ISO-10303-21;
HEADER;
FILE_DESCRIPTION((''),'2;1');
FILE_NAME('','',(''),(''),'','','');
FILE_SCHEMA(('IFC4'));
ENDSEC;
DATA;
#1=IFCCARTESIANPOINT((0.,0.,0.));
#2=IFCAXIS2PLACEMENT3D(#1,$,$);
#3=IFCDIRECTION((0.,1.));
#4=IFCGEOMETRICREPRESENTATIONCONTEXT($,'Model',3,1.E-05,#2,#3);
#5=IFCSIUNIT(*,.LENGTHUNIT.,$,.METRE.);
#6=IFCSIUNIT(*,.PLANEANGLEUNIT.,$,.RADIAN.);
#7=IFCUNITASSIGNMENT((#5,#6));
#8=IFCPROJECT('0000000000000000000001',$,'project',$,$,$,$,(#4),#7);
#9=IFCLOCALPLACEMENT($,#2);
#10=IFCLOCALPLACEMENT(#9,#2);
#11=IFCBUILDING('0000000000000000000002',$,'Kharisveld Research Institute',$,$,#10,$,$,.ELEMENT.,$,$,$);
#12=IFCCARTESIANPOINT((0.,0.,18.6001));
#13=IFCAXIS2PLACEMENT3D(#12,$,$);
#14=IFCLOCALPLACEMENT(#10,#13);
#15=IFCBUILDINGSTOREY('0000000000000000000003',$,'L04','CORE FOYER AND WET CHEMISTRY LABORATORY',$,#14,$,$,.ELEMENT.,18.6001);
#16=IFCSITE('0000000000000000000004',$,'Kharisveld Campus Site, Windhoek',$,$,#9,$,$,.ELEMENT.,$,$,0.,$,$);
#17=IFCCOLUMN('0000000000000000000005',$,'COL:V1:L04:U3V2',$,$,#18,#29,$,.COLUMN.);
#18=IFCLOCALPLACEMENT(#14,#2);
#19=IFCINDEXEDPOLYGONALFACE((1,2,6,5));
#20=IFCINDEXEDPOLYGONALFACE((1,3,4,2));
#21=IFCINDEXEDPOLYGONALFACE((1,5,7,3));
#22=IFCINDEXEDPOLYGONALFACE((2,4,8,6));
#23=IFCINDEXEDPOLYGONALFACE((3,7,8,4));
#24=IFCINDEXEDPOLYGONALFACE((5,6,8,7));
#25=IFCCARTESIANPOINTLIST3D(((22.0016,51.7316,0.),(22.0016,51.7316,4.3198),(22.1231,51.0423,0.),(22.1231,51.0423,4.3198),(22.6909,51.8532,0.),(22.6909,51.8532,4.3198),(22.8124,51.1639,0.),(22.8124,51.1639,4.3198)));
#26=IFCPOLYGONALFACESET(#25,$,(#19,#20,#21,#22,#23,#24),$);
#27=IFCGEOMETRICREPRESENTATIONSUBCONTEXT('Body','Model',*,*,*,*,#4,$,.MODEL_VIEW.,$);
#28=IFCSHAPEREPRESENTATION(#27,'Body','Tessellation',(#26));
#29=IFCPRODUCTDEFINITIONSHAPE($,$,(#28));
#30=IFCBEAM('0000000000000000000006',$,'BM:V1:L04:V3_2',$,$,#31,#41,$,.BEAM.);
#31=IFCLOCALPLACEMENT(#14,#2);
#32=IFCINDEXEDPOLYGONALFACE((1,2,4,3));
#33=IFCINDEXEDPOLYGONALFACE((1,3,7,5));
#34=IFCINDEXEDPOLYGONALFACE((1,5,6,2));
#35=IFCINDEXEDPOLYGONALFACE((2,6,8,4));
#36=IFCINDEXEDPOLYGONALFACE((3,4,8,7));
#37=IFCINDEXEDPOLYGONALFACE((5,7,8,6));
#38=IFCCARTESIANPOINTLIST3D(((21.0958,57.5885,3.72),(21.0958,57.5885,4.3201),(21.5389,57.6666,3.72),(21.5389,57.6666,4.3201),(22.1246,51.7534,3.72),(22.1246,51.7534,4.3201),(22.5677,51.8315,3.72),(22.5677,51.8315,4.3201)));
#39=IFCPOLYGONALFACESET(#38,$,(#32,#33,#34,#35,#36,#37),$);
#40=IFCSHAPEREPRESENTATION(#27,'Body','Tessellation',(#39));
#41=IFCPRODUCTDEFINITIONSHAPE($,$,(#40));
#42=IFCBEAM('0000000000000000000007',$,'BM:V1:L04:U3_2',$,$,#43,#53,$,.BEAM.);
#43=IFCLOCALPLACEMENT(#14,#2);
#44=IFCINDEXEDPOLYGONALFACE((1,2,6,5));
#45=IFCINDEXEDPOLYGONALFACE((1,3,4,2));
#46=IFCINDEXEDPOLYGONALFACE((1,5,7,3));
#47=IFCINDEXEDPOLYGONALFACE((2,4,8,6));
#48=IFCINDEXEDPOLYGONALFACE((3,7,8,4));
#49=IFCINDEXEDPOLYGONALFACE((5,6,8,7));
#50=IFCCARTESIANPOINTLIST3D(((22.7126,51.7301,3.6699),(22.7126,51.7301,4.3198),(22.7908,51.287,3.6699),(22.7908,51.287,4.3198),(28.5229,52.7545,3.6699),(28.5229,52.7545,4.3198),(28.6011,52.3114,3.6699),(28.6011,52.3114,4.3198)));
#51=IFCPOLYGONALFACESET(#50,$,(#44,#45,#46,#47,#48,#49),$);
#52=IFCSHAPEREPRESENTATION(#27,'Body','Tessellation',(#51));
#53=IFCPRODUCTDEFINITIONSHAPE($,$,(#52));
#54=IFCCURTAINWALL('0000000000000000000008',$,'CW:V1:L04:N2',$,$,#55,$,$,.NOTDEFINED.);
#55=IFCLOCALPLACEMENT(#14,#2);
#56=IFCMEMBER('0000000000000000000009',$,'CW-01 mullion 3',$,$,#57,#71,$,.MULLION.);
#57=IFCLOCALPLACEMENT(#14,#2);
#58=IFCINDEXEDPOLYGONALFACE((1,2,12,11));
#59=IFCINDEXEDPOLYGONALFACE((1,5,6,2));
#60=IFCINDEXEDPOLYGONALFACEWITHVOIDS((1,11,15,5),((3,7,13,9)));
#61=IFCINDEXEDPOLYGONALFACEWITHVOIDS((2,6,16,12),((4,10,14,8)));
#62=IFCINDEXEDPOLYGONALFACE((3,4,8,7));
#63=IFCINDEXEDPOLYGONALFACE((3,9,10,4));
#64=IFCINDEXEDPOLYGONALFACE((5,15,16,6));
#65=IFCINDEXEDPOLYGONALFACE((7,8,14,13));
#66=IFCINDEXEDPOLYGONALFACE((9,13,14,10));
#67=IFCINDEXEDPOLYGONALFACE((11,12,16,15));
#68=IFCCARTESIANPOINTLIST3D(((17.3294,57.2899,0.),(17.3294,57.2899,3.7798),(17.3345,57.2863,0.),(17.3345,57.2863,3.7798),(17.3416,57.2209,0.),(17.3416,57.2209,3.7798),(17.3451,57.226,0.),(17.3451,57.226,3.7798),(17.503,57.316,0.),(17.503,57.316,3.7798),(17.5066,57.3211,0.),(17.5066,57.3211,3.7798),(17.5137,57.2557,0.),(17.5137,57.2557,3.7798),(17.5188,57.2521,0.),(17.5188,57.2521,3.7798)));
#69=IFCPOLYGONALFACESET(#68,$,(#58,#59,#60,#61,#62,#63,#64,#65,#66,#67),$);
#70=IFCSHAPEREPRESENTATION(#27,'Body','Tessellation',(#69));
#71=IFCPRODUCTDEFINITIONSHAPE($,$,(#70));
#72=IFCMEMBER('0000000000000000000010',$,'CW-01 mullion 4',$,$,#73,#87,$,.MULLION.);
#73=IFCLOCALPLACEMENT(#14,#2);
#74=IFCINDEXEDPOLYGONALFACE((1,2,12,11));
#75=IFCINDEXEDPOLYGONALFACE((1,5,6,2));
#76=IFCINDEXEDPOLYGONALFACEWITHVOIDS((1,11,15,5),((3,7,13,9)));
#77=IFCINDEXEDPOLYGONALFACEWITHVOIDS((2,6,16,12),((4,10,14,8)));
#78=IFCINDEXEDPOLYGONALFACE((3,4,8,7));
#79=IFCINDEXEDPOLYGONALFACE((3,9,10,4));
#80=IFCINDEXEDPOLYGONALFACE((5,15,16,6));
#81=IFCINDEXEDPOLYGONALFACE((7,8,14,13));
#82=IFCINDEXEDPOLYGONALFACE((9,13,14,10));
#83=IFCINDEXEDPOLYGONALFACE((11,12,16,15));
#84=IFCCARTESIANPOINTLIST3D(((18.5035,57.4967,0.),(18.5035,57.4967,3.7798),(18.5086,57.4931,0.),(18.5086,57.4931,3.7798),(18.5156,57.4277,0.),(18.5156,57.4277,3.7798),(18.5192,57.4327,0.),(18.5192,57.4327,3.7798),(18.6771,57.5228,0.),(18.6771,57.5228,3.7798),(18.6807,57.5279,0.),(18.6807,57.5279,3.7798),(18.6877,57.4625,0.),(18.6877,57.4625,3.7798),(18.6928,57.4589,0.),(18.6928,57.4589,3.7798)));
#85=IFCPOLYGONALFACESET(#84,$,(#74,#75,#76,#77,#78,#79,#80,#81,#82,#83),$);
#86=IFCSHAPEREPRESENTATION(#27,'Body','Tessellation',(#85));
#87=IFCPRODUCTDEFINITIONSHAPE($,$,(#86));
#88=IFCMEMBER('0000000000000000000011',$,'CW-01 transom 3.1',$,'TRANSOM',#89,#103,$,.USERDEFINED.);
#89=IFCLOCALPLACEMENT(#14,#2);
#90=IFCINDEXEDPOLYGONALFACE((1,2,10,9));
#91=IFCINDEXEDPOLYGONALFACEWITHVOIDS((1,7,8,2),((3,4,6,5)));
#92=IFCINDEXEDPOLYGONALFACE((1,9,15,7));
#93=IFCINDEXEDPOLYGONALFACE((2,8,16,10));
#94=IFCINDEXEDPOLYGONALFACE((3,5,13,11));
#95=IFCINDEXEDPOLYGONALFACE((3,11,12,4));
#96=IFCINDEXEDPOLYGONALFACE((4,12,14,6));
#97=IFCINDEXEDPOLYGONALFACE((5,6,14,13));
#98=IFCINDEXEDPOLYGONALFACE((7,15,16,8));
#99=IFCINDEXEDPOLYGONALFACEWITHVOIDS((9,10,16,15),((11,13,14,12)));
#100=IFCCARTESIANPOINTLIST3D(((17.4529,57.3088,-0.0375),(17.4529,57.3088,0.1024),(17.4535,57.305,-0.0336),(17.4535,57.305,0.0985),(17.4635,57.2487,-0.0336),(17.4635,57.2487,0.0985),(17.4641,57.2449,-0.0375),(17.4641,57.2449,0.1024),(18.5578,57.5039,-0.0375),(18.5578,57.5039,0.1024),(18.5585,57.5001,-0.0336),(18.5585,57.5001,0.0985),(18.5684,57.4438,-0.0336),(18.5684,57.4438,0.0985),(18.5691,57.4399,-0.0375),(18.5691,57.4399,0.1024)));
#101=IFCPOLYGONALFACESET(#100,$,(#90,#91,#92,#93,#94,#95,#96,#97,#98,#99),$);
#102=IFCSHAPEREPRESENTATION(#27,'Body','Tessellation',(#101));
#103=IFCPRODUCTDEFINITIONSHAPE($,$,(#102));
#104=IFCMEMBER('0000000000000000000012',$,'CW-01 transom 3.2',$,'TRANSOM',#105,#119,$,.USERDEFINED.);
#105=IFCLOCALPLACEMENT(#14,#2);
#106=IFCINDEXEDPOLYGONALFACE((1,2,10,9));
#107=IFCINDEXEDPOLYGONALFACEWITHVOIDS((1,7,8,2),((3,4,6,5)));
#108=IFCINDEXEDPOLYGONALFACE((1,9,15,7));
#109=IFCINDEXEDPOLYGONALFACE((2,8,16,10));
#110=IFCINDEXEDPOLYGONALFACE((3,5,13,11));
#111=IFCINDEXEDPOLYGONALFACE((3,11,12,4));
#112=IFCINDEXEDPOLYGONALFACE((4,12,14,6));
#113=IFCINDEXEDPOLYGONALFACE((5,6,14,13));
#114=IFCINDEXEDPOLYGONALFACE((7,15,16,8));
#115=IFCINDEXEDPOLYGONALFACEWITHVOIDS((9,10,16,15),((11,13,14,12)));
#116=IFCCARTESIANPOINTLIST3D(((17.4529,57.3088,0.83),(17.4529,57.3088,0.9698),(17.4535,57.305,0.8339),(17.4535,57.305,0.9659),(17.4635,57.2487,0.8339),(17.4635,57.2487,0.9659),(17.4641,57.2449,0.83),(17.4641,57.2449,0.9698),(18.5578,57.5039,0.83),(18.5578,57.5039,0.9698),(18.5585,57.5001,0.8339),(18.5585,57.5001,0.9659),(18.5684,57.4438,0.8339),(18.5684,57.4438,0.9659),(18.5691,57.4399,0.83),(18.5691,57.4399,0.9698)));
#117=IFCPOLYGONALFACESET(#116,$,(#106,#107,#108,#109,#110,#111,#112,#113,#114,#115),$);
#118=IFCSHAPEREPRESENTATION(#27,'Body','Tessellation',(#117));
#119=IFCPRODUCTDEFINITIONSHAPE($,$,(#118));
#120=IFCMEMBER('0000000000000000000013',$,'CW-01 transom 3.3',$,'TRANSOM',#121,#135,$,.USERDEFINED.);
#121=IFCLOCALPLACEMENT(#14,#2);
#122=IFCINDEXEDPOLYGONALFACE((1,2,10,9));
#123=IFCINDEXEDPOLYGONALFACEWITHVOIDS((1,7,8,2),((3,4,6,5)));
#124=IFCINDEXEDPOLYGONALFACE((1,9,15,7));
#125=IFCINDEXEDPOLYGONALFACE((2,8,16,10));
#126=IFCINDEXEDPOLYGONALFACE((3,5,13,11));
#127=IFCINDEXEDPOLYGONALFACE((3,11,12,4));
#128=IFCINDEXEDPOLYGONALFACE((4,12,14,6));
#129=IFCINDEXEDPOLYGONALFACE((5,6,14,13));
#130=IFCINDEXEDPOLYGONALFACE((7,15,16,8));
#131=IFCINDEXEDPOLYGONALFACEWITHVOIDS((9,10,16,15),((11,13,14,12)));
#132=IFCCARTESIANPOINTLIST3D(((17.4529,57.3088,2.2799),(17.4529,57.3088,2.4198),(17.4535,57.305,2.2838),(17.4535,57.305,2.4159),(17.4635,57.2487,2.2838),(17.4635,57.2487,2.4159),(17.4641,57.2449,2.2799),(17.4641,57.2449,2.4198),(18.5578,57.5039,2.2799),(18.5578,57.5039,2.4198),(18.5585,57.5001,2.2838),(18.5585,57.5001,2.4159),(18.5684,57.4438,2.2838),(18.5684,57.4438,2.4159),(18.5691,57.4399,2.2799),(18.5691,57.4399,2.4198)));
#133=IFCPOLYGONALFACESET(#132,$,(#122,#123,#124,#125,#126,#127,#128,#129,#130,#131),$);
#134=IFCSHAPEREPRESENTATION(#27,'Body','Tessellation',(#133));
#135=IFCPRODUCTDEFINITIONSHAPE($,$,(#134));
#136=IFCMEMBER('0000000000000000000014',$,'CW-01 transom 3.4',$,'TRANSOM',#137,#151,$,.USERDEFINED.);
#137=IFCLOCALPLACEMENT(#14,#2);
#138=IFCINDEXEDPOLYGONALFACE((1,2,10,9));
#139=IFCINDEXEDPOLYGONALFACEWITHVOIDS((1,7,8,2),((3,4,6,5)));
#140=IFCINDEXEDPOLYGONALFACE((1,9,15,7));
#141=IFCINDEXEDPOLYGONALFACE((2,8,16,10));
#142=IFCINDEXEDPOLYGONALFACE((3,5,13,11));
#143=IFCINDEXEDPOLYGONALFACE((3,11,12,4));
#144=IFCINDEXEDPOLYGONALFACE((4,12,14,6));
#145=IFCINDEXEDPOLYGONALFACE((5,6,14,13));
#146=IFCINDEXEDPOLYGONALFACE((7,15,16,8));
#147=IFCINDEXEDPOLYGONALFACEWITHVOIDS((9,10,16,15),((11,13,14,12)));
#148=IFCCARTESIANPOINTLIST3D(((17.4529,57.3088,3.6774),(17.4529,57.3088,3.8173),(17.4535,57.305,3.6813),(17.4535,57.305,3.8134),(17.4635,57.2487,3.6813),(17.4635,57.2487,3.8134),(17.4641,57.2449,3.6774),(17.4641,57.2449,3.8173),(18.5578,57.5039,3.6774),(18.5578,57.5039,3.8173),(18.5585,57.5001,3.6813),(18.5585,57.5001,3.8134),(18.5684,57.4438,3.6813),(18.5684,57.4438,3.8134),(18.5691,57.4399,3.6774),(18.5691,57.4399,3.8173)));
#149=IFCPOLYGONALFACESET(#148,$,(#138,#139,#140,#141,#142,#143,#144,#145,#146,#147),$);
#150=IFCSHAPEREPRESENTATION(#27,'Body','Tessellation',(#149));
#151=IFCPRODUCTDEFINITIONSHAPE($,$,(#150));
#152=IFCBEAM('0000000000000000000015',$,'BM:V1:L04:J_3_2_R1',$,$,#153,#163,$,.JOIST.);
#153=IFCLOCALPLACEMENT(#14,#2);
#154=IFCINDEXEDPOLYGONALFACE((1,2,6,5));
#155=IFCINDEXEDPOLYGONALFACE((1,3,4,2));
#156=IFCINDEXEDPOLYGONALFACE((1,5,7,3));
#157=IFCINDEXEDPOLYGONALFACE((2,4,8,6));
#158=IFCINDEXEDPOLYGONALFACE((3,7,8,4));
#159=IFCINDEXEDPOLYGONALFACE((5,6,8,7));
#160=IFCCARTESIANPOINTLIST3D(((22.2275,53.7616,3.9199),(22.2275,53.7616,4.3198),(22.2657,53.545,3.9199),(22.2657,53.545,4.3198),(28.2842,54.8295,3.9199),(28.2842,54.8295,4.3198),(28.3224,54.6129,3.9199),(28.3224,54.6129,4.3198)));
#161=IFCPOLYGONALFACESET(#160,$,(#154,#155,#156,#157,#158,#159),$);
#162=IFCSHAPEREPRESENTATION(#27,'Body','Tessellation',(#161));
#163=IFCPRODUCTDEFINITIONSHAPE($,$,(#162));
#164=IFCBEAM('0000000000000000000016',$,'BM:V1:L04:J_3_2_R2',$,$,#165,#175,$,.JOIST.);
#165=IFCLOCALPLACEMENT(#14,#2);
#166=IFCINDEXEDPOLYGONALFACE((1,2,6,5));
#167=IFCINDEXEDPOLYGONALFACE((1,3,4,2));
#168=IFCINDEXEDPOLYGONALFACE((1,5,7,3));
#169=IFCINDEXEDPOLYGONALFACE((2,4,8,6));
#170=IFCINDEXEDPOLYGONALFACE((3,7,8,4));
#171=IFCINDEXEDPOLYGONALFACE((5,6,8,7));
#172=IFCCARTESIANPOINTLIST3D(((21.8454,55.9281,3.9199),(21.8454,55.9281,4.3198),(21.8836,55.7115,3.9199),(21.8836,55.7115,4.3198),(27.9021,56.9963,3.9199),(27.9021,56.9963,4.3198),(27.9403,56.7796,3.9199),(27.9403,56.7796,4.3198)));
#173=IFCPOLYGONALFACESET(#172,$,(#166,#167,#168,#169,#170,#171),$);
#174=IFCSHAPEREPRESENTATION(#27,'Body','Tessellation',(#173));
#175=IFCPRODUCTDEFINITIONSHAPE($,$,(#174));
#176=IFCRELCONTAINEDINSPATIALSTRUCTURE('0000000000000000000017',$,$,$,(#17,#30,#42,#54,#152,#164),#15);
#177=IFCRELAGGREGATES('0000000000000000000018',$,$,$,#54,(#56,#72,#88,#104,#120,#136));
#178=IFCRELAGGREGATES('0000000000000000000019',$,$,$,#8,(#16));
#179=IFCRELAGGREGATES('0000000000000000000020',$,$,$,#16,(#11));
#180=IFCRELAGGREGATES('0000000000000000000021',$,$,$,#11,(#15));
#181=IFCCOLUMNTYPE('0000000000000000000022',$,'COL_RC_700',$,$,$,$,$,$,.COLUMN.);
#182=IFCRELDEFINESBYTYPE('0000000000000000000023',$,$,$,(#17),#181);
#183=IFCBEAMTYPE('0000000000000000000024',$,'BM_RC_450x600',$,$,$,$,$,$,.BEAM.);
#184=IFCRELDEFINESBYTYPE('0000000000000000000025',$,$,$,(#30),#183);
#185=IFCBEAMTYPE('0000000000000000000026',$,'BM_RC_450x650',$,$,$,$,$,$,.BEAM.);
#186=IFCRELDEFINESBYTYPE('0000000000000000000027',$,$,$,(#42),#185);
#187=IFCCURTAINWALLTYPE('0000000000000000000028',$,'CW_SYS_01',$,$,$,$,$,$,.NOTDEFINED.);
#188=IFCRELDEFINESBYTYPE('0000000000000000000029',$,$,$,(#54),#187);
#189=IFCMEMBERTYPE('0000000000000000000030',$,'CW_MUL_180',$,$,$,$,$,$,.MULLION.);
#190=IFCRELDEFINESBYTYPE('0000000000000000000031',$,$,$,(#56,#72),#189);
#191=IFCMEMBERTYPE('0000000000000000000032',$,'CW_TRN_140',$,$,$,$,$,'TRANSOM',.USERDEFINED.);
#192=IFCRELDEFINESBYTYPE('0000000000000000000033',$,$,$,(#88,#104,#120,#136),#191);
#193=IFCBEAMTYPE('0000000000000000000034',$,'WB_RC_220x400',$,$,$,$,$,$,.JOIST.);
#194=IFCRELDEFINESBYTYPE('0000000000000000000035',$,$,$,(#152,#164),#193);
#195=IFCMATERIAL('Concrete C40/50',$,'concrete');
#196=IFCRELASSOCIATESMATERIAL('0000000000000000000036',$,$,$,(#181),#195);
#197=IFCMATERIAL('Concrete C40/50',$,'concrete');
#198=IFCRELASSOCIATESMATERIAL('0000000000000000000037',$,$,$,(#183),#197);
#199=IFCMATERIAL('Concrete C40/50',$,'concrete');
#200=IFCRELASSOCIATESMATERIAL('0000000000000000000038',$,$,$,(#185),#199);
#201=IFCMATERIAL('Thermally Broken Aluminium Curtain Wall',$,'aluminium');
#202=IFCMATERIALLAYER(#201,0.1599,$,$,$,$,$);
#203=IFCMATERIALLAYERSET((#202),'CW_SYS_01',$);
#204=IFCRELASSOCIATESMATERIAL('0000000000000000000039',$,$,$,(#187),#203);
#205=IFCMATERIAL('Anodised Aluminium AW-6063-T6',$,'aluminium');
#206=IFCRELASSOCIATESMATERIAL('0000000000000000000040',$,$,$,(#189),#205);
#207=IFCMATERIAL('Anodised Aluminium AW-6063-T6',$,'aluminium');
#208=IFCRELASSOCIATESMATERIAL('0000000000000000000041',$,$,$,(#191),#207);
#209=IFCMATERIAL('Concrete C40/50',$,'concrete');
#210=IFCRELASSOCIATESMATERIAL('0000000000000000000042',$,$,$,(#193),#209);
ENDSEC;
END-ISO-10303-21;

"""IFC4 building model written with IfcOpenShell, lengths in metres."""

from ifc_helpers import new_model, si_unit, direction, frame, origin, origin_2d, place, context, subcontext, project, spatial, rectangle, hollow_rectangle, extrude, material, layer, layer_set, material_profile, profile_set, type_object, element, aggregate, save


model = new_model("IFC4")

# Units and contexts
model_context = context("Model", 3, precision=1e-05, world=origin(), true_north=direction((0.0, 1.0)))
body_context = subcontext(model_context, "Body", "Model", "MODEL_VIEW")
ifc_project = project(units=[si_unit("LENGTHUNIT", "METRE"), si_unit("PLANEANGLEUNIT", "RADIAN")], contexts=[model_context])

# Site, building, storey
site_placement = place(None, origin())
site = spatial("IfcSite", under=ifc_project, at=site_placement, Name="Kharisveld Campus Site, Windhoek", CompositionType="ELEMENT", RefElevation=0.0)
building_placement = place(site_placement, origin())
building = spatial("IfcBuilding", under=site, at=building_placement, Name="Kharisveld Research Institute", CompositionType="ELEMENT")
storey_placement = place(building_placement, frame((0.0, 0.0, 18.6001)))
storey = spatial("IfcBuildingStorey", under=building, at=storey_placement, Name="L04", Description="CORE FOYER AND WET CHEMISTRY LABORATORY", CompositionType="ELEMENT", Elevation=18.6001)

# Column
ifc_material_1 = material(Name="Concrete C40/50", Category="concrete")
ifc_material_profile_1 = material_profile(ifc_material_1, rectangle(XDim=0.7, YDim=0.7, at=origin_2d()))
ifc_profile_set_1 = profile_set([ifc_material_profile_1], Name="Concrete C40/50")
column_type = type_object("IfcColumnType", Name="COL_RC_700", PredefinedType="COLUMN", material=ifc_profile_set_1)
column_placement = place(storey_placement, frame((22.407, 51.4478, 0.0), z_axis=(0.0, 0.0, 1.0), x_axis=(0.984808, 0.173648, 0.0)))
element("IfcColumn", 1, at=column_placement, inside=storey, type_object=column_type, Name="COL:V1:L04:U3V2", PredefinedType="COLUMN", context=body_context, shape_type="SweptSolid", body=[
    extrude(rectangle(XDim=0.7, YDim=0.7, at=origin_2d()), origin(), (0.0, 0.0, 1.0), 4.3198),
])

# Beams
ifc_material_2 = material(Name="Concrete C40/50", Category="concrete")
ifc_material_profile_2 = material_profile(ifc_material_2, rectangle(XDim=0.45, YDim=0.6001, at=origin_2d()))
ifc_profile_set_2 = profile_set([ifc_material_profile_2], Name="Concrete C40/50")
beam_type_1 = type_object("IfcBeamType", Name="BM_RC_450x600", PredefinedType="BEAM", material=ifc_profile_set_2)
beam_1_placement = place(storey_placement, frame((22.3462, 51.7925, 4.02), z_axis=(-0.17364, 0.984809, 0.0), x_axis=(-0.984809, -0.17364, 0.0)))
element("IfcBeam", 2, at=beam_1_placement, inside=storey, type_object=beam_type_1, Name="BM:V1:L04:V3_2", PredefinedType="BEAM", context=body_context, shape_type="SweptSolid", body=[
    extrude(rectangle(XDim=0.45, YDim=0.6001, at=origin_2d()), origin(), (0.0, 0.0, 1.0), 5.925),
])
ifc_material_3 = material(Name="Concrete C40/50", Category="concrete")
ifc_material_profile_3 = material_profile(ifc_material_3, rectangle(XDim=0.45, YDim=0.6499, at=origin_2d()))
ifc_profile_set_3 = profile_set([ifc_material_profile_3], Name="Concrete C40/50")
beam_type_2 = type_object("IfcBeamType", Name="BM_RC_450x650", PredefinedType="BEAM", material=ifc_profile_set_3)
beam_2_placement = place(storey_placement, frame((22.7517, 51.5085, 3.9949), z_axis=(0.984811, 0.173632, 0.0), x_axis=(-0.173632, 0.984811, 0.0)))
element("IfcBeam", 3, at=beam_2_placement, inside=storey, type_object=beam_type_2, Name="BM:V1:L04:U3_2", PredefinedType="BEAM", context=body_context, shape_type="SweptSolid", body=[
    extrude(rectangle(XDim=0.45, YDim=0.6499, at=origin_2d()), origin(), (0.0, 0.0, 1.0), 5.8999),
])

# Curtain wall, members
ifc_material_4 = material(Name="Thermally Broken Aluminium Curtain Wall", Category="aluminium")
ifc_layer_1 = layer(ifc_material_4, 0.1599)
ifc_layer_set_1 = layer_set([ifc_layer_1], Name="CW_SYS_01")
curtain_wall_type = type_object("IfcCurtainWallType", Name="CW_SYS_01", PredefinedType="NOTDEFINED", material=ifc_layer_set_1)
curtain_wall_placement = place(storey_placement, origin())
curtain_wall = element("IfcCurtainWall", 4, at=curtain_wall_placement, inside=storey, type_object=curtain_wall_type, Name="CW:V1:L04:N2", PredefinedType="NOTDEFINED")
ifc_material_5 = material(Name="Anodised Aluminium AW-6063-T6", Category="aluminium")
ifc_material_profile_4 = material_profile(ifc_material_5, hollow_rectangle(XDim=0.0701, YDim=0.1799, WallThickness=0.0044, at=origin_2d()))
ifc_profile_set_4 = profile_set([ifc_material_profile_4], Name="Anodised Aluminium AW-6063-T6")
member_type_1 = type_object("IfcMemberType", Name="CW_MUL_180", PredefinedType="MULLION", material=ifc_profile_set_4)
member_1_placement = place(storey_placement, frame((17.4241, 57.271, 0.0), z_axis=(0.0, 0.0, 1.0), x_axis=(-0.173648, 0.984808, 0.0)))
member_1 = element("IfcMember", 5, at=member_1_placement, type_object=member_type_1, Name="CW-01 mullion 3", PredefinedType="MULLION", context=body_context, shape_type="SweptSolid", body=[
    extrude(hollow_rectangle(XDim=0.0701, YDim=0.1799, WallThickness=0.0044, at=origin_2d()), origin(), (0.0, 0.0, 1.0), 3.7798),
])
member_2_placement = place(storey_placement, frame((18.5981, 57.4778, 0.0), z_axis=(0.0, 0.0, 1.0), x_axis=(-0.173648, 0.984808, 0.0)))
member_2 = element("IfcMember", 6, at=member_2_placement, type_object=member_type_1, Name="CW-01 mullion 4", PredefinedType="MULLION", context=body_context, shape_type="SweptSolid", body=[
    extrude(hollow_rectangle(XDim=0.0701, YDim=0.1799, WallThickness=0.0044, at=origin_2d()), origin(), (0.0, 0.0, 1.0), 3.7798),
])
ifc_material_6 = material(Name="Anodised Aluminium AW-6063-T6", Category="aluminium")
ifc_material_profile_5 = material_profile(ifc_material_6, hollow_rectangle(XDim=0.0649, YDim=0.1399, WallThickness=0.0039, at=origin_2d()))
ifc_profile_set_5 = profile_set([ifc_material_profile_5], Name="Anodised Aluminium AW-6063-T6")
member_type_2 = type_object("IfcMemberType", Name="CW_TRN_140", ElementType="TRANSOM", PredefinedType="USERDEFINED", material=ifc_profile_set_5)
member_3_placement = place(storey_placement, frame((17.4585, 57.2769, 0.0325), z_axis=(0.984773, 0.173847, 0.0), x_axis=(-0.173847, 0.984773, 0.0)))
member_3 = element("IfcMember", 7, at=member_3_placement, type_object=member_type_2, Name="CW-01 transom 3.1", ObjectType="TRANSOM", PredefinedType="USERDEFINED", context=body_context, shape_type="SweptSolid", body=[
    extrude(hollow_rectangle(XDim=0.0649, YDim=0.1399, WallThickness=0.0039, at=origin_2d()), origin(), (0.0, 0.0, 1.0), 1.1221),
])
member_4_placement = place(storey_placement, frame((17.4585, 57.2769, 0.8999), z_axis=(0.984773, 0.173847, 0.0), x_axis=(-0.173847, 0.984773, 0.0)))
member_4 = element("IfcMember", 8, at=member_4_placement, type_object=member_type_2, Name="CW-01 transom 3.2", ObjectType="TRANSOM", PredefinedType="USERDEFINED", context=body_context, shape_type="SweptSolid", body=[
    extrude(hollow_rectangle(XDim=0.0649, YDim=0.1399, WallThickness=0.0039, at=origin_2d()), origin(), (0.0, 0.0, 1.0), 1.1221),
])
member_5_placement = place(storey_placement, frame((17.4585, 57.2769, 2.3499), z_axis=(0.984773, 0.173847, 0.0), x_axis=(-0.173847, 0.984773, 0.0)))
member_5 = element("IfcMember", 9, at=member_5_placement, type_object=member_type_2, Name="CW-01 transom 3.3", ObjectType="TRANSOM", PredefinedType="USERDEFINED", context=body_context, shape_type="SweptSolid", body=[
    extrude(hollow_rectangle(XDim=0.0649, YDim=0.1399, WallThickness=0.0039, at=origin_2d()), origin(), (0.0, 0.0, 1.0), 1.1221),
])
member_6_placement = place(storey_placement, frame((17.4585, 57.2769, 3.7473), z_axis=(0.984773, 0.173847, 0.0), x_axis=(-0.173847, 0.984773, 0.0)))
member_6 = element("IfcMember", 10, at=member_6_placement, type_object=member_type_2, Name="CW-01 transom 3.4", ObjectType="TRANSOM", PredefinedType="USERDEFINED", context=body_context, shape_type="SweptSolid", body=[
    extrude(hollow_rectangle(XDim=0.0649, YDim=0.1399, WallThickness=0.0039, at=origin_2d()), origin(), (0.0, 0.0, 1.0), 1.1221),
])

# Beams
ifc_material_7 = material(Name="Concrete C40/50", Category="concrete")
ifc_material_profile_6 = material_profile(ifc_material_7, rectangle(XDim=0.22, YDim=0.3999, at=origin_2d()))
ifc_profile_set_6 = profile_set([ifc_material_profile_6], Name="Concrete C40/50")
beam_type_3 = type_object("IfcBeamType", Name="WB_RC_220x400", PredefinedType="JOIST", material=ifc_profile_set_6)
for number, where, z_axis, x_axis, name in (
    (11, (22.2466, 53.6533, 4.1199), (0.98481, 0.173636, 0.0), (-0.173636, 0.98481, 0.0), "BM:V1:L04:J_3_2_R1"),
    (12, (21.8645, 55.8198, 4.1199), (0.984803, 0.173674, 0.0), (-0.173674, 0.984803, 0.0), "BM:V1:L04:J_3_2_R2"),
):
    element("IfcBeam", number, at=place(storey_placement, frame(where, z_axis=z_axis, x_axis=x_axis)), inside=storey, type_object=beam_type_3, Name=name, PredefinedType="JOIST", context=body_context, shape_type="SweptSolid", body=[
        extrude(rectangle(XDim=0.22, YDim=0.3999, at=origin_2d()), origin(), (0.0, 0.0, 1.0), 6.1501),
    ])

aggregate(curtain_wall, [member_1, member_2, member_3, member_4, member_5, member_6])

save(model, "model.ifc")
